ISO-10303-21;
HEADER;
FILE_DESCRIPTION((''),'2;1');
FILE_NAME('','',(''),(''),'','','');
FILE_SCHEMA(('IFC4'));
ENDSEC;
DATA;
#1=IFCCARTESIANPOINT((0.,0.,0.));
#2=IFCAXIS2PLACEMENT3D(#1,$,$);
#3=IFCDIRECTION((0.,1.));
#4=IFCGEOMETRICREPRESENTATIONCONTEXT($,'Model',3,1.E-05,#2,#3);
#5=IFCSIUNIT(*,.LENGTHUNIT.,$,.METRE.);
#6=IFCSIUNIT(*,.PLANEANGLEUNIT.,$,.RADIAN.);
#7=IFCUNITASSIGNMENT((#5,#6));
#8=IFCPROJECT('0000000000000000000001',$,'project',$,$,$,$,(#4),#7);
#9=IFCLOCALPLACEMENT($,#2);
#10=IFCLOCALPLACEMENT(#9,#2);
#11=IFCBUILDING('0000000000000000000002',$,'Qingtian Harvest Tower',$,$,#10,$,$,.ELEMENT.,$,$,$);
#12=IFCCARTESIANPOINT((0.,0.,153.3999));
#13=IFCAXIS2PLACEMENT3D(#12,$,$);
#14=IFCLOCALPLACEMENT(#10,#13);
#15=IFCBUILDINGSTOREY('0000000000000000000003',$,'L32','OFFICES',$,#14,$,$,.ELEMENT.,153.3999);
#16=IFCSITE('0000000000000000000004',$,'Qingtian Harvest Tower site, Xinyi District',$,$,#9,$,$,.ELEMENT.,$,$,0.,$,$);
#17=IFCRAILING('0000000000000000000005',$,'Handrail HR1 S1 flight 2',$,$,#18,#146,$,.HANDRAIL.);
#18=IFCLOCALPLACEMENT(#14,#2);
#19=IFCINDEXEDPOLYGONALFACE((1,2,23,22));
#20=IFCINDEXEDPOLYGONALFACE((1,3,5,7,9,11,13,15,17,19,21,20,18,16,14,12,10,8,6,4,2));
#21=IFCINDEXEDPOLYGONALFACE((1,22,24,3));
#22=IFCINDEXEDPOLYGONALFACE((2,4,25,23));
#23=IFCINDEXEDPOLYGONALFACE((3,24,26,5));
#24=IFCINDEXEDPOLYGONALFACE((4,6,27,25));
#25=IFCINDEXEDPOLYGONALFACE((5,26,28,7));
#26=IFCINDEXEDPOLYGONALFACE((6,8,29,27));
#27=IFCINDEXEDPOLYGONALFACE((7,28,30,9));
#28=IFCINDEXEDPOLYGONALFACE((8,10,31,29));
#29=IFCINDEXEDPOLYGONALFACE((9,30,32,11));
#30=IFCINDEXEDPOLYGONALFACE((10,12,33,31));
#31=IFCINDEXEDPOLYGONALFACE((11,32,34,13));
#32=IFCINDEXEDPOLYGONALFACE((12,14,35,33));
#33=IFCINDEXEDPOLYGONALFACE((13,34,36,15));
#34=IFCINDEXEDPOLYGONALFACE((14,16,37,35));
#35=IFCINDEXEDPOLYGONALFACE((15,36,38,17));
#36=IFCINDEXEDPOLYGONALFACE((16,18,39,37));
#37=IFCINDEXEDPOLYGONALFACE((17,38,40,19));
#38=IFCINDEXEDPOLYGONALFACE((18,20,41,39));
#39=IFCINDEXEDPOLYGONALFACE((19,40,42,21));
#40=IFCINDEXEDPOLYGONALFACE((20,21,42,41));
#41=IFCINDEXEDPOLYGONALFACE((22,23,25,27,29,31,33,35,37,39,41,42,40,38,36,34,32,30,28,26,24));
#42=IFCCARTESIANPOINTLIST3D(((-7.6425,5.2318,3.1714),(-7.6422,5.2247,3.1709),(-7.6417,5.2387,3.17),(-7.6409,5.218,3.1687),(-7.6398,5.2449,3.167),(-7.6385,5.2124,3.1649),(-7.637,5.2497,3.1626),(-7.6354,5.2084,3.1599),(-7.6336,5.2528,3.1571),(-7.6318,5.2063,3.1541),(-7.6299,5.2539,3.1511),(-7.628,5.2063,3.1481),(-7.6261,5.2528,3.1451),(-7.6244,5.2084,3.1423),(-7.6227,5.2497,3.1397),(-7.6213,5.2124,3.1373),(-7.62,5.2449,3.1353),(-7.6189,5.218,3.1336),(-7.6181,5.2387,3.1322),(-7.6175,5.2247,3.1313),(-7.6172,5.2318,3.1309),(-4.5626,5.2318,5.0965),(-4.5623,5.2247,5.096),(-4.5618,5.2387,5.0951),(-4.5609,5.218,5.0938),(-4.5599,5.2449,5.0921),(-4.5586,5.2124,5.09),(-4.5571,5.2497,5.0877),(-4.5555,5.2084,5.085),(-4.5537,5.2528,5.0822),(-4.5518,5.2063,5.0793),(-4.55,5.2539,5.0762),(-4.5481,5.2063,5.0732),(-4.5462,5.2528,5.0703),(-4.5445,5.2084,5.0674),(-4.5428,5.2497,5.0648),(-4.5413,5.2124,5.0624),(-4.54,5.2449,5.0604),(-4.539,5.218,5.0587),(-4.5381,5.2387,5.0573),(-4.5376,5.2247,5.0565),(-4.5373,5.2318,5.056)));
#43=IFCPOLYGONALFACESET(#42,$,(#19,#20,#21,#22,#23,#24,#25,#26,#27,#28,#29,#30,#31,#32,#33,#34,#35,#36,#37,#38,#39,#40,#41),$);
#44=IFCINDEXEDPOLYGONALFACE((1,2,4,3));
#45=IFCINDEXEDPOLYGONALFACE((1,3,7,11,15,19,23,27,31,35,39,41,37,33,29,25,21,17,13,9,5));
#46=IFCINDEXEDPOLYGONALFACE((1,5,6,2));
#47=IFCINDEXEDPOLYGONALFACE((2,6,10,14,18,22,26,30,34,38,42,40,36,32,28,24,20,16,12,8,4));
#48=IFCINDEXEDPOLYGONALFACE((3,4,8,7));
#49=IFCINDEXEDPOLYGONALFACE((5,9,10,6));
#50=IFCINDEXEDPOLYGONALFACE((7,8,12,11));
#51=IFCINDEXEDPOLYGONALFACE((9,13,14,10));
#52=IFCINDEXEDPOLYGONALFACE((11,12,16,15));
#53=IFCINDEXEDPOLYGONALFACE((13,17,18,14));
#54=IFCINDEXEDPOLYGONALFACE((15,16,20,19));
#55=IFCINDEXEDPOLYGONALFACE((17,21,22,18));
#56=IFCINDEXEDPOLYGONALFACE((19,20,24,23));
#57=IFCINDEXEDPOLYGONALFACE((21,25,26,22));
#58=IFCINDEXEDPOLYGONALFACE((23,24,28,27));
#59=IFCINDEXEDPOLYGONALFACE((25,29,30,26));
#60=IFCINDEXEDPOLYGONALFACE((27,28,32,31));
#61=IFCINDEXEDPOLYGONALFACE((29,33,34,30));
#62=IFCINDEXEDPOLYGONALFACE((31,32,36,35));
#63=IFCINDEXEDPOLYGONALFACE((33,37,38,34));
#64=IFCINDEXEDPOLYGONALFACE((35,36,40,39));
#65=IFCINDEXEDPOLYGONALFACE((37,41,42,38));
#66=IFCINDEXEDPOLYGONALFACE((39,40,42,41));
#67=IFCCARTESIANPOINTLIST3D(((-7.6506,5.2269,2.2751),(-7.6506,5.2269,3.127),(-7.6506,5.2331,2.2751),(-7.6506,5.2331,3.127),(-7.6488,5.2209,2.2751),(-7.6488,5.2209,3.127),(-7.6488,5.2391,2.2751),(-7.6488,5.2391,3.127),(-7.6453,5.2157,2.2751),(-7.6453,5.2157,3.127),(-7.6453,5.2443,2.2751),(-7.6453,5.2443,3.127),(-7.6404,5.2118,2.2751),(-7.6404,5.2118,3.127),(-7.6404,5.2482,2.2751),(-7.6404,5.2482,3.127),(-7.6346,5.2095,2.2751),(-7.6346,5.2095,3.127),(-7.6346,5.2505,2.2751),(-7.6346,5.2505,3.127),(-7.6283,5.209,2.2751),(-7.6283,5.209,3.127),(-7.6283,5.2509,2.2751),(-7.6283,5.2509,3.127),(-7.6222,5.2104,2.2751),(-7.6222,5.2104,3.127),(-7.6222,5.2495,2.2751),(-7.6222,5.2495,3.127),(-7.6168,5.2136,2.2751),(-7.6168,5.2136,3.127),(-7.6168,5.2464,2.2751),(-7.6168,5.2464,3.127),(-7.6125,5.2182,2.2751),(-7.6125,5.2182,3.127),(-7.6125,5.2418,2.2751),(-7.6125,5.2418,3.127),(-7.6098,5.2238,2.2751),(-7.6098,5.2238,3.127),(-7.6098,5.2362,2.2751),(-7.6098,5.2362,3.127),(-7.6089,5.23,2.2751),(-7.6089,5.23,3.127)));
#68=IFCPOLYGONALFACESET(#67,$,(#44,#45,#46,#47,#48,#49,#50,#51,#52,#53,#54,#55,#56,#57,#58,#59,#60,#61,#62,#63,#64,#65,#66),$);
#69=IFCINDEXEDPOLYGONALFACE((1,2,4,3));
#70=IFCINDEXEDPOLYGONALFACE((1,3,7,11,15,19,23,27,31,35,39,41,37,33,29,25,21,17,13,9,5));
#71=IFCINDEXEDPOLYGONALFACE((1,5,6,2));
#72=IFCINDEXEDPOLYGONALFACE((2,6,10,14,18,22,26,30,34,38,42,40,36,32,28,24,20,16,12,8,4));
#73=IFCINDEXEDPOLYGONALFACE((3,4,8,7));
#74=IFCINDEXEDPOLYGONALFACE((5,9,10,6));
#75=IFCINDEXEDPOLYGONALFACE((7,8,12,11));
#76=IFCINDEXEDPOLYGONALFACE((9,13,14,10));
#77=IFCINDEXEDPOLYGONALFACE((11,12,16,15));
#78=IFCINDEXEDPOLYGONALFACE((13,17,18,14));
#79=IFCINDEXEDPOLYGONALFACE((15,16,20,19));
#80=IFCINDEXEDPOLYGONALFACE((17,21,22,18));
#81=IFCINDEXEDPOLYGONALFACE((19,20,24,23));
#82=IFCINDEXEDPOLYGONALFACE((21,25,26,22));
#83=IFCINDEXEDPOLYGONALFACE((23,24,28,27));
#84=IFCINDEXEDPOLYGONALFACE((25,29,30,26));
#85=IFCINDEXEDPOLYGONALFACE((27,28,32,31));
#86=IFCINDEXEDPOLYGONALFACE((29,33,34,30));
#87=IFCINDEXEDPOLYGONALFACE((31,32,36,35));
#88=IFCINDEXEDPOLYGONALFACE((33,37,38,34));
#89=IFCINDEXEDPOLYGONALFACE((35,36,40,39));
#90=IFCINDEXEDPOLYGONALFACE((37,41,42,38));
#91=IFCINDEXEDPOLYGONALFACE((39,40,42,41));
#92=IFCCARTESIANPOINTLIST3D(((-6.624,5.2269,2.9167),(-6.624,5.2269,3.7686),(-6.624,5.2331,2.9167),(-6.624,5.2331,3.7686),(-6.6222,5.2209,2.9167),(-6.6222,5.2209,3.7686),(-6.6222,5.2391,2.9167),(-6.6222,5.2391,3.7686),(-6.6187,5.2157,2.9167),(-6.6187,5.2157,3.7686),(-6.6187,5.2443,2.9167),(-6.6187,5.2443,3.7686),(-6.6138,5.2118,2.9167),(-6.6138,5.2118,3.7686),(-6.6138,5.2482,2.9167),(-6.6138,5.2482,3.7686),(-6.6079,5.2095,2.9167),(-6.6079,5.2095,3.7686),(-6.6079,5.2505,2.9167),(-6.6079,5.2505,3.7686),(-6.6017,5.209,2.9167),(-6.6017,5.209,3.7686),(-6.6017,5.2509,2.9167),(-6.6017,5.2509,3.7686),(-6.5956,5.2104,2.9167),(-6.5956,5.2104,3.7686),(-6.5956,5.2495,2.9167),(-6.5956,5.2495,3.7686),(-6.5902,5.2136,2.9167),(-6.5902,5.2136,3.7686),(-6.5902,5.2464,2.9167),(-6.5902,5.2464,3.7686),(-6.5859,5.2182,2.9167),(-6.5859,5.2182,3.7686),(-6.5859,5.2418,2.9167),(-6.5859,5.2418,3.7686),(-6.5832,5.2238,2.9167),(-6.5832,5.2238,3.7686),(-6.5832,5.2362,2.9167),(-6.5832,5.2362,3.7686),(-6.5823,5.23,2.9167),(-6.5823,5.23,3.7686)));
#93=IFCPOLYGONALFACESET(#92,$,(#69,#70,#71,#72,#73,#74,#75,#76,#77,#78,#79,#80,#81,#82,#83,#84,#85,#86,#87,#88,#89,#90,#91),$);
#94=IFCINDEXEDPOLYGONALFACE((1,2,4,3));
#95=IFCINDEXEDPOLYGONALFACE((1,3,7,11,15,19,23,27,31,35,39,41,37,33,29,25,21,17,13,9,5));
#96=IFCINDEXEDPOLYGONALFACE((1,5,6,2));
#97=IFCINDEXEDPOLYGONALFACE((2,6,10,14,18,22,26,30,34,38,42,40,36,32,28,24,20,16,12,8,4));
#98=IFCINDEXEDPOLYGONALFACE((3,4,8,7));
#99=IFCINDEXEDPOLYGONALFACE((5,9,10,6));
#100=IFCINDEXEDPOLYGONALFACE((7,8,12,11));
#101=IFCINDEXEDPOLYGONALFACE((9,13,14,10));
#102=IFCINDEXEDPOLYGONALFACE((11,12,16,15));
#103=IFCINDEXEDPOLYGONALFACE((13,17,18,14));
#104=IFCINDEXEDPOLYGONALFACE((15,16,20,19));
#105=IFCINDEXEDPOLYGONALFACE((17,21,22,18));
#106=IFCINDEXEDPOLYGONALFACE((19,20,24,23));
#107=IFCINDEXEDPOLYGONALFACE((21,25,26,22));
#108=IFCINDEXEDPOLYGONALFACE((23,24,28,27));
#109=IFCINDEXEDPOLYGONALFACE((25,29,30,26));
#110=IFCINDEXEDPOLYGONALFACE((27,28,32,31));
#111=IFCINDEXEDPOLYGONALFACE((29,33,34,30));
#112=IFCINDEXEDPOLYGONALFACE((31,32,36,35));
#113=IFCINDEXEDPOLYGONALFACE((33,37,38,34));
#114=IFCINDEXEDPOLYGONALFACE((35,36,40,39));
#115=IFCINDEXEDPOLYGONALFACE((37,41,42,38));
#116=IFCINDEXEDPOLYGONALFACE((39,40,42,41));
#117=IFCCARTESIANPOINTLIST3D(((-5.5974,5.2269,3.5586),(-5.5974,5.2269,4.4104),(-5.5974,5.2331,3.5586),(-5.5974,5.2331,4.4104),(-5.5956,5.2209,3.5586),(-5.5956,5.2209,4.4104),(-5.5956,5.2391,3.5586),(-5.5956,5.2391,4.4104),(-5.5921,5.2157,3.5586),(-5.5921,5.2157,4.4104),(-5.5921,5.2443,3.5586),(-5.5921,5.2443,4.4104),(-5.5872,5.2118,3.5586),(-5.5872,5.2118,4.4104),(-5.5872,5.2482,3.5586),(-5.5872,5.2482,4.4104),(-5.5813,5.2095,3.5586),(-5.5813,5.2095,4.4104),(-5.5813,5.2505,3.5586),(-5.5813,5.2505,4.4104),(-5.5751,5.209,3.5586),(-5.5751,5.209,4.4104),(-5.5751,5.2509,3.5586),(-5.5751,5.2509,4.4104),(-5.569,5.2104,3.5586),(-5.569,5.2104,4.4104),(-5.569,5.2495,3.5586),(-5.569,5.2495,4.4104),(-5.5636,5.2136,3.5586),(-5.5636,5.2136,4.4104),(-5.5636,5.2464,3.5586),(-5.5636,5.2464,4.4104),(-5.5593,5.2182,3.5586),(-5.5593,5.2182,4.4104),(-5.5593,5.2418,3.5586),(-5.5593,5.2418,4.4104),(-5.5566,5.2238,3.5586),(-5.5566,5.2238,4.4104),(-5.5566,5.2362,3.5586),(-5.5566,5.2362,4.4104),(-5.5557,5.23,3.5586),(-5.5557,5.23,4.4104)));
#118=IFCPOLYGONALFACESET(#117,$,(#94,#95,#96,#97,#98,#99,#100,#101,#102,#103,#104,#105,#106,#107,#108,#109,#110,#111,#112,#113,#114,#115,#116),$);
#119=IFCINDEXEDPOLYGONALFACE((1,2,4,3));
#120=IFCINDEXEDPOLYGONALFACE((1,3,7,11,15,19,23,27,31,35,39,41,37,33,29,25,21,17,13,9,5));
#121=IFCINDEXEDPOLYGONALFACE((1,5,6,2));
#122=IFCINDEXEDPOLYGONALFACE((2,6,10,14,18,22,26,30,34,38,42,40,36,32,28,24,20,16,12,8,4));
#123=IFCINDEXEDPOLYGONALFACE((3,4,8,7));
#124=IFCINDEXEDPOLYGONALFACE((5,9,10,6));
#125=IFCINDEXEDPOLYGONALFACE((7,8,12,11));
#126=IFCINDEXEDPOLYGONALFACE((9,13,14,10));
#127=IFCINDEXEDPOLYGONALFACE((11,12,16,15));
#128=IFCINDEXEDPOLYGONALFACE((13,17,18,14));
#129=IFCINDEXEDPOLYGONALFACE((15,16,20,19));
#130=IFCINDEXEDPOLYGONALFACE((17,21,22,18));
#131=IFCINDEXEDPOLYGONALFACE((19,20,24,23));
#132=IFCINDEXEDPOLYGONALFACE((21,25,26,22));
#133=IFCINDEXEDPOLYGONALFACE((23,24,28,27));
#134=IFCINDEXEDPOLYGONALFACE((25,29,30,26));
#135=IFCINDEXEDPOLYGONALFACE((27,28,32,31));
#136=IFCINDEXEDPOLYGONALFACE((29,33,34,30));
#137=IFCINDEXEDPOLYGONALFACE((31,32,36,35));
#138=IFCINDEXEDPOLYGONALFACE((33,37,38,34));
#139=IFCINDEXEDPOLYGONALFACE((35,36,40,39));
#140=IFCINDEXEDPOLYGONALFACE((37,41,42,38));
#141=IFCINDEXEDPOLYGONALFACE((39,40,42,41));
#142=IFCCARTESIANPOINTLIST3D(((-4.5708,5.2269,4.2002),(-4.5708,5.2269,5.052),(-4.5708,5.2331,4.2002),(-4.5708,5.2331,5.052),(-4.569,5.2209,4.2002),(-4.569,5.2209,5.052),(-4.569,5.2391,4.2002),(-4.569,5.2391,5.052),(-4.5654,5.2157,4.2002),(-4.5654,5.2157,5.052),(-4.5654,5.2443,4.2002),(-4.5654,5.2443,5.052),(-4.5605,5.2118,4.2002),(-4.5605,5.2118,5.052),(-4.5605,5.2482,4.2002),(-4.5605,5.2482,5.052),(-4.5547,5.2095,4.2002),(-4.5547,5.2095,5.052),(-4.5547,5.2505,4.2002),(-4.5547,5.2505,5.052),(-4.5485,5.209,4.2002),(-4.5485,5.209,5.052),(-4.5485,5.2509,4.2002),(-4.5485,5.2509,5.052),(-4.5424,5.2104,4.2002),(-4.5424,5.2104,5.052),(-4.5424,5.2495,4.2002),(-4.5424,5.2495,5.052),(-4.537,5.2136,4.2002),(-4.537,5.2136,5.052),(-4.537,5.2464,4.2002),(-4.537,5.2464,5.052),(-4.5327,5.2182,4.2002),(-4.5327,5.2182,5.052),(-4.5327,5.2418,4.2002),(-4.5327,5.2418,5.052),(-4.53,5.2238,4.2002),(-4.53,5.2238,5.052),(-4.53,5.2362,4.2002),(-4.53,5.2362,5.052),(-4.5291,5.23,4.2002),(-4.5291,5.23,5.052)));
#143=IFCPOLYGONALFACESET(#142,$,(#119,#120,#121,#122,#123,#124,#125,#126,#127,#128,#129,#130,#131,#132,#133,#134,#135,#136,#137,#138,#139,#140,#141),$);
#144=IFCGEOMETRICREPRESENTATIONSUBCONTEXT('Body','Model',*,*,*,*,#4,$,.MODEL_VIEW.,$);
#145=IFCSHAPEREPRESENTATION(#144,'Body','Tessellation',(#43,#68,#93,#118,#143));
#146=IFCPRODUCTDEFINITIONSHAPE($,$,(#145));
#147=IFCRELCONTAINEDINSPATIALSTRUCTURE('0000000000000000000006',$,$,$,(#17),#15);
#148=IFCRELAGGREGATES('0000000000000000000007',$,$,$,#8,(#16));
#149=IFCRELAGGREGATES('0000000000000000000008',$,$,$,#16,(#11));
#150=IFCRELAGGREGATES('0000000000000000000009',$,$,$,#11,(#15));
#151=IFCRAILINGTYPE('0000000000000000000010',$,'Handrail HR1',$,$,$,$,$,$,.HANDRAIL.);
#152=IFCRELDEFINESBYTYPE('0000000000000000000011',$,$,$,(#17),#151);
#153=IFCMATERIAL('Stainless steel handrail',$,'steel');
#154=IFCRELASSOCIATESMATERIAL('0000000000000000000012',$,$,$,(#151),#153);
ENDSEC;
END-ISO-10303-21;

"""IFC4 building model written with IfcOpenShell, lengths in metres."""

from ifc_helpers import new_model, si_unit, direction, frame, origin, origin_2d, place, context, subcontext, project, spatial, circle, extrude, material, type_object, element, save


model = new_model("IFC4")

# Units and contexts
model_context = context("Model", 3, precision=1e-05, world=origin(), true_north=direction((0.0, 1.0)))
body_context = subcontext(model_context, "Body", "Model", "MODEL_VIEW")
ifc_project = project(units=[si_unit("LENGTHUNIT", "METRE"), si_unit("PLANEANGLEUNIT", "RADIAN")], contexts=[model_context])

# Site, building, storey
site_placement = place(None, origin())
site = spatial("IfcSite", under=ifc_project, at=site_placement, Name="Qingtian Harvest Tower site, Xinyi District", CompositionType="ELEMENT", RefElevation=0.0)
building_placement = place(site_placement, origin())
building = spatial("IfcBuilding", under=site, at=building_placement, Name="Qingtian Harvest Tower", CompositionType="ELEMENT")
storey_placement = place(building_placement, frame((0.0, 0.0, 153.3999)))
storey = spatial("IfcBuildingStorey", under=building, at=storey_placement, Name="L32", Description="OFFICES", CompositionType="ELEMENT", Elevation=153.3999)

# Railing
ifc_material_1 = material(Name="Stainless steel handrail", Category="steel")
railing_type = type_object("IfcRailingType", Name="Handrail HR1", PredefinedType="HANDRAIL", material=ifc_material_1)
railing_1_placement = place(storey_placement, frame((-7.6299, 5.23, 2.2751)))
element("IfcRailing", 1, at=railing_1_placement, inside=storey, type_object=railing_type, Name="Handrail HR1 S1 flight 2", PredefinedType="HANDRAIL", context=body_context, shape_type="SweptSolid", body=[
    extrude(circle(Radius=0.0239, at=origin_2d()), frame((0.0, 0.0, 0.876), z_axis=(0.847979, 0.0, 0.530029), x_axis=(0.0, 1.0, 0.0)), (0.0, 0.0, 1.0), 3.6321),
    extrude(circle(Radius=0.021, at=origin_2d()), origin(), (0.0, 0.0, 1.0), 0.8518),
    extrude(circle(Radius=0.021, at=origin_2d()), frame((1.0266, 0.0, 0.6416)), (0.0, 0.0, 1.0), 0.8518),
    extrude(circle(Radius=0.021, at=origin_2d()), frame((2.0532, 0.0, 1.2834)), (0.0, 0.0, 1.0), 0.8518),
    extrude(circle(Radius=0.021, at=origin_2d()), frame((3.0798, 0.0, 1.925)), (0.0, 0.0, 1.0), 0.8518),
])

save(model, "model.ifc")
